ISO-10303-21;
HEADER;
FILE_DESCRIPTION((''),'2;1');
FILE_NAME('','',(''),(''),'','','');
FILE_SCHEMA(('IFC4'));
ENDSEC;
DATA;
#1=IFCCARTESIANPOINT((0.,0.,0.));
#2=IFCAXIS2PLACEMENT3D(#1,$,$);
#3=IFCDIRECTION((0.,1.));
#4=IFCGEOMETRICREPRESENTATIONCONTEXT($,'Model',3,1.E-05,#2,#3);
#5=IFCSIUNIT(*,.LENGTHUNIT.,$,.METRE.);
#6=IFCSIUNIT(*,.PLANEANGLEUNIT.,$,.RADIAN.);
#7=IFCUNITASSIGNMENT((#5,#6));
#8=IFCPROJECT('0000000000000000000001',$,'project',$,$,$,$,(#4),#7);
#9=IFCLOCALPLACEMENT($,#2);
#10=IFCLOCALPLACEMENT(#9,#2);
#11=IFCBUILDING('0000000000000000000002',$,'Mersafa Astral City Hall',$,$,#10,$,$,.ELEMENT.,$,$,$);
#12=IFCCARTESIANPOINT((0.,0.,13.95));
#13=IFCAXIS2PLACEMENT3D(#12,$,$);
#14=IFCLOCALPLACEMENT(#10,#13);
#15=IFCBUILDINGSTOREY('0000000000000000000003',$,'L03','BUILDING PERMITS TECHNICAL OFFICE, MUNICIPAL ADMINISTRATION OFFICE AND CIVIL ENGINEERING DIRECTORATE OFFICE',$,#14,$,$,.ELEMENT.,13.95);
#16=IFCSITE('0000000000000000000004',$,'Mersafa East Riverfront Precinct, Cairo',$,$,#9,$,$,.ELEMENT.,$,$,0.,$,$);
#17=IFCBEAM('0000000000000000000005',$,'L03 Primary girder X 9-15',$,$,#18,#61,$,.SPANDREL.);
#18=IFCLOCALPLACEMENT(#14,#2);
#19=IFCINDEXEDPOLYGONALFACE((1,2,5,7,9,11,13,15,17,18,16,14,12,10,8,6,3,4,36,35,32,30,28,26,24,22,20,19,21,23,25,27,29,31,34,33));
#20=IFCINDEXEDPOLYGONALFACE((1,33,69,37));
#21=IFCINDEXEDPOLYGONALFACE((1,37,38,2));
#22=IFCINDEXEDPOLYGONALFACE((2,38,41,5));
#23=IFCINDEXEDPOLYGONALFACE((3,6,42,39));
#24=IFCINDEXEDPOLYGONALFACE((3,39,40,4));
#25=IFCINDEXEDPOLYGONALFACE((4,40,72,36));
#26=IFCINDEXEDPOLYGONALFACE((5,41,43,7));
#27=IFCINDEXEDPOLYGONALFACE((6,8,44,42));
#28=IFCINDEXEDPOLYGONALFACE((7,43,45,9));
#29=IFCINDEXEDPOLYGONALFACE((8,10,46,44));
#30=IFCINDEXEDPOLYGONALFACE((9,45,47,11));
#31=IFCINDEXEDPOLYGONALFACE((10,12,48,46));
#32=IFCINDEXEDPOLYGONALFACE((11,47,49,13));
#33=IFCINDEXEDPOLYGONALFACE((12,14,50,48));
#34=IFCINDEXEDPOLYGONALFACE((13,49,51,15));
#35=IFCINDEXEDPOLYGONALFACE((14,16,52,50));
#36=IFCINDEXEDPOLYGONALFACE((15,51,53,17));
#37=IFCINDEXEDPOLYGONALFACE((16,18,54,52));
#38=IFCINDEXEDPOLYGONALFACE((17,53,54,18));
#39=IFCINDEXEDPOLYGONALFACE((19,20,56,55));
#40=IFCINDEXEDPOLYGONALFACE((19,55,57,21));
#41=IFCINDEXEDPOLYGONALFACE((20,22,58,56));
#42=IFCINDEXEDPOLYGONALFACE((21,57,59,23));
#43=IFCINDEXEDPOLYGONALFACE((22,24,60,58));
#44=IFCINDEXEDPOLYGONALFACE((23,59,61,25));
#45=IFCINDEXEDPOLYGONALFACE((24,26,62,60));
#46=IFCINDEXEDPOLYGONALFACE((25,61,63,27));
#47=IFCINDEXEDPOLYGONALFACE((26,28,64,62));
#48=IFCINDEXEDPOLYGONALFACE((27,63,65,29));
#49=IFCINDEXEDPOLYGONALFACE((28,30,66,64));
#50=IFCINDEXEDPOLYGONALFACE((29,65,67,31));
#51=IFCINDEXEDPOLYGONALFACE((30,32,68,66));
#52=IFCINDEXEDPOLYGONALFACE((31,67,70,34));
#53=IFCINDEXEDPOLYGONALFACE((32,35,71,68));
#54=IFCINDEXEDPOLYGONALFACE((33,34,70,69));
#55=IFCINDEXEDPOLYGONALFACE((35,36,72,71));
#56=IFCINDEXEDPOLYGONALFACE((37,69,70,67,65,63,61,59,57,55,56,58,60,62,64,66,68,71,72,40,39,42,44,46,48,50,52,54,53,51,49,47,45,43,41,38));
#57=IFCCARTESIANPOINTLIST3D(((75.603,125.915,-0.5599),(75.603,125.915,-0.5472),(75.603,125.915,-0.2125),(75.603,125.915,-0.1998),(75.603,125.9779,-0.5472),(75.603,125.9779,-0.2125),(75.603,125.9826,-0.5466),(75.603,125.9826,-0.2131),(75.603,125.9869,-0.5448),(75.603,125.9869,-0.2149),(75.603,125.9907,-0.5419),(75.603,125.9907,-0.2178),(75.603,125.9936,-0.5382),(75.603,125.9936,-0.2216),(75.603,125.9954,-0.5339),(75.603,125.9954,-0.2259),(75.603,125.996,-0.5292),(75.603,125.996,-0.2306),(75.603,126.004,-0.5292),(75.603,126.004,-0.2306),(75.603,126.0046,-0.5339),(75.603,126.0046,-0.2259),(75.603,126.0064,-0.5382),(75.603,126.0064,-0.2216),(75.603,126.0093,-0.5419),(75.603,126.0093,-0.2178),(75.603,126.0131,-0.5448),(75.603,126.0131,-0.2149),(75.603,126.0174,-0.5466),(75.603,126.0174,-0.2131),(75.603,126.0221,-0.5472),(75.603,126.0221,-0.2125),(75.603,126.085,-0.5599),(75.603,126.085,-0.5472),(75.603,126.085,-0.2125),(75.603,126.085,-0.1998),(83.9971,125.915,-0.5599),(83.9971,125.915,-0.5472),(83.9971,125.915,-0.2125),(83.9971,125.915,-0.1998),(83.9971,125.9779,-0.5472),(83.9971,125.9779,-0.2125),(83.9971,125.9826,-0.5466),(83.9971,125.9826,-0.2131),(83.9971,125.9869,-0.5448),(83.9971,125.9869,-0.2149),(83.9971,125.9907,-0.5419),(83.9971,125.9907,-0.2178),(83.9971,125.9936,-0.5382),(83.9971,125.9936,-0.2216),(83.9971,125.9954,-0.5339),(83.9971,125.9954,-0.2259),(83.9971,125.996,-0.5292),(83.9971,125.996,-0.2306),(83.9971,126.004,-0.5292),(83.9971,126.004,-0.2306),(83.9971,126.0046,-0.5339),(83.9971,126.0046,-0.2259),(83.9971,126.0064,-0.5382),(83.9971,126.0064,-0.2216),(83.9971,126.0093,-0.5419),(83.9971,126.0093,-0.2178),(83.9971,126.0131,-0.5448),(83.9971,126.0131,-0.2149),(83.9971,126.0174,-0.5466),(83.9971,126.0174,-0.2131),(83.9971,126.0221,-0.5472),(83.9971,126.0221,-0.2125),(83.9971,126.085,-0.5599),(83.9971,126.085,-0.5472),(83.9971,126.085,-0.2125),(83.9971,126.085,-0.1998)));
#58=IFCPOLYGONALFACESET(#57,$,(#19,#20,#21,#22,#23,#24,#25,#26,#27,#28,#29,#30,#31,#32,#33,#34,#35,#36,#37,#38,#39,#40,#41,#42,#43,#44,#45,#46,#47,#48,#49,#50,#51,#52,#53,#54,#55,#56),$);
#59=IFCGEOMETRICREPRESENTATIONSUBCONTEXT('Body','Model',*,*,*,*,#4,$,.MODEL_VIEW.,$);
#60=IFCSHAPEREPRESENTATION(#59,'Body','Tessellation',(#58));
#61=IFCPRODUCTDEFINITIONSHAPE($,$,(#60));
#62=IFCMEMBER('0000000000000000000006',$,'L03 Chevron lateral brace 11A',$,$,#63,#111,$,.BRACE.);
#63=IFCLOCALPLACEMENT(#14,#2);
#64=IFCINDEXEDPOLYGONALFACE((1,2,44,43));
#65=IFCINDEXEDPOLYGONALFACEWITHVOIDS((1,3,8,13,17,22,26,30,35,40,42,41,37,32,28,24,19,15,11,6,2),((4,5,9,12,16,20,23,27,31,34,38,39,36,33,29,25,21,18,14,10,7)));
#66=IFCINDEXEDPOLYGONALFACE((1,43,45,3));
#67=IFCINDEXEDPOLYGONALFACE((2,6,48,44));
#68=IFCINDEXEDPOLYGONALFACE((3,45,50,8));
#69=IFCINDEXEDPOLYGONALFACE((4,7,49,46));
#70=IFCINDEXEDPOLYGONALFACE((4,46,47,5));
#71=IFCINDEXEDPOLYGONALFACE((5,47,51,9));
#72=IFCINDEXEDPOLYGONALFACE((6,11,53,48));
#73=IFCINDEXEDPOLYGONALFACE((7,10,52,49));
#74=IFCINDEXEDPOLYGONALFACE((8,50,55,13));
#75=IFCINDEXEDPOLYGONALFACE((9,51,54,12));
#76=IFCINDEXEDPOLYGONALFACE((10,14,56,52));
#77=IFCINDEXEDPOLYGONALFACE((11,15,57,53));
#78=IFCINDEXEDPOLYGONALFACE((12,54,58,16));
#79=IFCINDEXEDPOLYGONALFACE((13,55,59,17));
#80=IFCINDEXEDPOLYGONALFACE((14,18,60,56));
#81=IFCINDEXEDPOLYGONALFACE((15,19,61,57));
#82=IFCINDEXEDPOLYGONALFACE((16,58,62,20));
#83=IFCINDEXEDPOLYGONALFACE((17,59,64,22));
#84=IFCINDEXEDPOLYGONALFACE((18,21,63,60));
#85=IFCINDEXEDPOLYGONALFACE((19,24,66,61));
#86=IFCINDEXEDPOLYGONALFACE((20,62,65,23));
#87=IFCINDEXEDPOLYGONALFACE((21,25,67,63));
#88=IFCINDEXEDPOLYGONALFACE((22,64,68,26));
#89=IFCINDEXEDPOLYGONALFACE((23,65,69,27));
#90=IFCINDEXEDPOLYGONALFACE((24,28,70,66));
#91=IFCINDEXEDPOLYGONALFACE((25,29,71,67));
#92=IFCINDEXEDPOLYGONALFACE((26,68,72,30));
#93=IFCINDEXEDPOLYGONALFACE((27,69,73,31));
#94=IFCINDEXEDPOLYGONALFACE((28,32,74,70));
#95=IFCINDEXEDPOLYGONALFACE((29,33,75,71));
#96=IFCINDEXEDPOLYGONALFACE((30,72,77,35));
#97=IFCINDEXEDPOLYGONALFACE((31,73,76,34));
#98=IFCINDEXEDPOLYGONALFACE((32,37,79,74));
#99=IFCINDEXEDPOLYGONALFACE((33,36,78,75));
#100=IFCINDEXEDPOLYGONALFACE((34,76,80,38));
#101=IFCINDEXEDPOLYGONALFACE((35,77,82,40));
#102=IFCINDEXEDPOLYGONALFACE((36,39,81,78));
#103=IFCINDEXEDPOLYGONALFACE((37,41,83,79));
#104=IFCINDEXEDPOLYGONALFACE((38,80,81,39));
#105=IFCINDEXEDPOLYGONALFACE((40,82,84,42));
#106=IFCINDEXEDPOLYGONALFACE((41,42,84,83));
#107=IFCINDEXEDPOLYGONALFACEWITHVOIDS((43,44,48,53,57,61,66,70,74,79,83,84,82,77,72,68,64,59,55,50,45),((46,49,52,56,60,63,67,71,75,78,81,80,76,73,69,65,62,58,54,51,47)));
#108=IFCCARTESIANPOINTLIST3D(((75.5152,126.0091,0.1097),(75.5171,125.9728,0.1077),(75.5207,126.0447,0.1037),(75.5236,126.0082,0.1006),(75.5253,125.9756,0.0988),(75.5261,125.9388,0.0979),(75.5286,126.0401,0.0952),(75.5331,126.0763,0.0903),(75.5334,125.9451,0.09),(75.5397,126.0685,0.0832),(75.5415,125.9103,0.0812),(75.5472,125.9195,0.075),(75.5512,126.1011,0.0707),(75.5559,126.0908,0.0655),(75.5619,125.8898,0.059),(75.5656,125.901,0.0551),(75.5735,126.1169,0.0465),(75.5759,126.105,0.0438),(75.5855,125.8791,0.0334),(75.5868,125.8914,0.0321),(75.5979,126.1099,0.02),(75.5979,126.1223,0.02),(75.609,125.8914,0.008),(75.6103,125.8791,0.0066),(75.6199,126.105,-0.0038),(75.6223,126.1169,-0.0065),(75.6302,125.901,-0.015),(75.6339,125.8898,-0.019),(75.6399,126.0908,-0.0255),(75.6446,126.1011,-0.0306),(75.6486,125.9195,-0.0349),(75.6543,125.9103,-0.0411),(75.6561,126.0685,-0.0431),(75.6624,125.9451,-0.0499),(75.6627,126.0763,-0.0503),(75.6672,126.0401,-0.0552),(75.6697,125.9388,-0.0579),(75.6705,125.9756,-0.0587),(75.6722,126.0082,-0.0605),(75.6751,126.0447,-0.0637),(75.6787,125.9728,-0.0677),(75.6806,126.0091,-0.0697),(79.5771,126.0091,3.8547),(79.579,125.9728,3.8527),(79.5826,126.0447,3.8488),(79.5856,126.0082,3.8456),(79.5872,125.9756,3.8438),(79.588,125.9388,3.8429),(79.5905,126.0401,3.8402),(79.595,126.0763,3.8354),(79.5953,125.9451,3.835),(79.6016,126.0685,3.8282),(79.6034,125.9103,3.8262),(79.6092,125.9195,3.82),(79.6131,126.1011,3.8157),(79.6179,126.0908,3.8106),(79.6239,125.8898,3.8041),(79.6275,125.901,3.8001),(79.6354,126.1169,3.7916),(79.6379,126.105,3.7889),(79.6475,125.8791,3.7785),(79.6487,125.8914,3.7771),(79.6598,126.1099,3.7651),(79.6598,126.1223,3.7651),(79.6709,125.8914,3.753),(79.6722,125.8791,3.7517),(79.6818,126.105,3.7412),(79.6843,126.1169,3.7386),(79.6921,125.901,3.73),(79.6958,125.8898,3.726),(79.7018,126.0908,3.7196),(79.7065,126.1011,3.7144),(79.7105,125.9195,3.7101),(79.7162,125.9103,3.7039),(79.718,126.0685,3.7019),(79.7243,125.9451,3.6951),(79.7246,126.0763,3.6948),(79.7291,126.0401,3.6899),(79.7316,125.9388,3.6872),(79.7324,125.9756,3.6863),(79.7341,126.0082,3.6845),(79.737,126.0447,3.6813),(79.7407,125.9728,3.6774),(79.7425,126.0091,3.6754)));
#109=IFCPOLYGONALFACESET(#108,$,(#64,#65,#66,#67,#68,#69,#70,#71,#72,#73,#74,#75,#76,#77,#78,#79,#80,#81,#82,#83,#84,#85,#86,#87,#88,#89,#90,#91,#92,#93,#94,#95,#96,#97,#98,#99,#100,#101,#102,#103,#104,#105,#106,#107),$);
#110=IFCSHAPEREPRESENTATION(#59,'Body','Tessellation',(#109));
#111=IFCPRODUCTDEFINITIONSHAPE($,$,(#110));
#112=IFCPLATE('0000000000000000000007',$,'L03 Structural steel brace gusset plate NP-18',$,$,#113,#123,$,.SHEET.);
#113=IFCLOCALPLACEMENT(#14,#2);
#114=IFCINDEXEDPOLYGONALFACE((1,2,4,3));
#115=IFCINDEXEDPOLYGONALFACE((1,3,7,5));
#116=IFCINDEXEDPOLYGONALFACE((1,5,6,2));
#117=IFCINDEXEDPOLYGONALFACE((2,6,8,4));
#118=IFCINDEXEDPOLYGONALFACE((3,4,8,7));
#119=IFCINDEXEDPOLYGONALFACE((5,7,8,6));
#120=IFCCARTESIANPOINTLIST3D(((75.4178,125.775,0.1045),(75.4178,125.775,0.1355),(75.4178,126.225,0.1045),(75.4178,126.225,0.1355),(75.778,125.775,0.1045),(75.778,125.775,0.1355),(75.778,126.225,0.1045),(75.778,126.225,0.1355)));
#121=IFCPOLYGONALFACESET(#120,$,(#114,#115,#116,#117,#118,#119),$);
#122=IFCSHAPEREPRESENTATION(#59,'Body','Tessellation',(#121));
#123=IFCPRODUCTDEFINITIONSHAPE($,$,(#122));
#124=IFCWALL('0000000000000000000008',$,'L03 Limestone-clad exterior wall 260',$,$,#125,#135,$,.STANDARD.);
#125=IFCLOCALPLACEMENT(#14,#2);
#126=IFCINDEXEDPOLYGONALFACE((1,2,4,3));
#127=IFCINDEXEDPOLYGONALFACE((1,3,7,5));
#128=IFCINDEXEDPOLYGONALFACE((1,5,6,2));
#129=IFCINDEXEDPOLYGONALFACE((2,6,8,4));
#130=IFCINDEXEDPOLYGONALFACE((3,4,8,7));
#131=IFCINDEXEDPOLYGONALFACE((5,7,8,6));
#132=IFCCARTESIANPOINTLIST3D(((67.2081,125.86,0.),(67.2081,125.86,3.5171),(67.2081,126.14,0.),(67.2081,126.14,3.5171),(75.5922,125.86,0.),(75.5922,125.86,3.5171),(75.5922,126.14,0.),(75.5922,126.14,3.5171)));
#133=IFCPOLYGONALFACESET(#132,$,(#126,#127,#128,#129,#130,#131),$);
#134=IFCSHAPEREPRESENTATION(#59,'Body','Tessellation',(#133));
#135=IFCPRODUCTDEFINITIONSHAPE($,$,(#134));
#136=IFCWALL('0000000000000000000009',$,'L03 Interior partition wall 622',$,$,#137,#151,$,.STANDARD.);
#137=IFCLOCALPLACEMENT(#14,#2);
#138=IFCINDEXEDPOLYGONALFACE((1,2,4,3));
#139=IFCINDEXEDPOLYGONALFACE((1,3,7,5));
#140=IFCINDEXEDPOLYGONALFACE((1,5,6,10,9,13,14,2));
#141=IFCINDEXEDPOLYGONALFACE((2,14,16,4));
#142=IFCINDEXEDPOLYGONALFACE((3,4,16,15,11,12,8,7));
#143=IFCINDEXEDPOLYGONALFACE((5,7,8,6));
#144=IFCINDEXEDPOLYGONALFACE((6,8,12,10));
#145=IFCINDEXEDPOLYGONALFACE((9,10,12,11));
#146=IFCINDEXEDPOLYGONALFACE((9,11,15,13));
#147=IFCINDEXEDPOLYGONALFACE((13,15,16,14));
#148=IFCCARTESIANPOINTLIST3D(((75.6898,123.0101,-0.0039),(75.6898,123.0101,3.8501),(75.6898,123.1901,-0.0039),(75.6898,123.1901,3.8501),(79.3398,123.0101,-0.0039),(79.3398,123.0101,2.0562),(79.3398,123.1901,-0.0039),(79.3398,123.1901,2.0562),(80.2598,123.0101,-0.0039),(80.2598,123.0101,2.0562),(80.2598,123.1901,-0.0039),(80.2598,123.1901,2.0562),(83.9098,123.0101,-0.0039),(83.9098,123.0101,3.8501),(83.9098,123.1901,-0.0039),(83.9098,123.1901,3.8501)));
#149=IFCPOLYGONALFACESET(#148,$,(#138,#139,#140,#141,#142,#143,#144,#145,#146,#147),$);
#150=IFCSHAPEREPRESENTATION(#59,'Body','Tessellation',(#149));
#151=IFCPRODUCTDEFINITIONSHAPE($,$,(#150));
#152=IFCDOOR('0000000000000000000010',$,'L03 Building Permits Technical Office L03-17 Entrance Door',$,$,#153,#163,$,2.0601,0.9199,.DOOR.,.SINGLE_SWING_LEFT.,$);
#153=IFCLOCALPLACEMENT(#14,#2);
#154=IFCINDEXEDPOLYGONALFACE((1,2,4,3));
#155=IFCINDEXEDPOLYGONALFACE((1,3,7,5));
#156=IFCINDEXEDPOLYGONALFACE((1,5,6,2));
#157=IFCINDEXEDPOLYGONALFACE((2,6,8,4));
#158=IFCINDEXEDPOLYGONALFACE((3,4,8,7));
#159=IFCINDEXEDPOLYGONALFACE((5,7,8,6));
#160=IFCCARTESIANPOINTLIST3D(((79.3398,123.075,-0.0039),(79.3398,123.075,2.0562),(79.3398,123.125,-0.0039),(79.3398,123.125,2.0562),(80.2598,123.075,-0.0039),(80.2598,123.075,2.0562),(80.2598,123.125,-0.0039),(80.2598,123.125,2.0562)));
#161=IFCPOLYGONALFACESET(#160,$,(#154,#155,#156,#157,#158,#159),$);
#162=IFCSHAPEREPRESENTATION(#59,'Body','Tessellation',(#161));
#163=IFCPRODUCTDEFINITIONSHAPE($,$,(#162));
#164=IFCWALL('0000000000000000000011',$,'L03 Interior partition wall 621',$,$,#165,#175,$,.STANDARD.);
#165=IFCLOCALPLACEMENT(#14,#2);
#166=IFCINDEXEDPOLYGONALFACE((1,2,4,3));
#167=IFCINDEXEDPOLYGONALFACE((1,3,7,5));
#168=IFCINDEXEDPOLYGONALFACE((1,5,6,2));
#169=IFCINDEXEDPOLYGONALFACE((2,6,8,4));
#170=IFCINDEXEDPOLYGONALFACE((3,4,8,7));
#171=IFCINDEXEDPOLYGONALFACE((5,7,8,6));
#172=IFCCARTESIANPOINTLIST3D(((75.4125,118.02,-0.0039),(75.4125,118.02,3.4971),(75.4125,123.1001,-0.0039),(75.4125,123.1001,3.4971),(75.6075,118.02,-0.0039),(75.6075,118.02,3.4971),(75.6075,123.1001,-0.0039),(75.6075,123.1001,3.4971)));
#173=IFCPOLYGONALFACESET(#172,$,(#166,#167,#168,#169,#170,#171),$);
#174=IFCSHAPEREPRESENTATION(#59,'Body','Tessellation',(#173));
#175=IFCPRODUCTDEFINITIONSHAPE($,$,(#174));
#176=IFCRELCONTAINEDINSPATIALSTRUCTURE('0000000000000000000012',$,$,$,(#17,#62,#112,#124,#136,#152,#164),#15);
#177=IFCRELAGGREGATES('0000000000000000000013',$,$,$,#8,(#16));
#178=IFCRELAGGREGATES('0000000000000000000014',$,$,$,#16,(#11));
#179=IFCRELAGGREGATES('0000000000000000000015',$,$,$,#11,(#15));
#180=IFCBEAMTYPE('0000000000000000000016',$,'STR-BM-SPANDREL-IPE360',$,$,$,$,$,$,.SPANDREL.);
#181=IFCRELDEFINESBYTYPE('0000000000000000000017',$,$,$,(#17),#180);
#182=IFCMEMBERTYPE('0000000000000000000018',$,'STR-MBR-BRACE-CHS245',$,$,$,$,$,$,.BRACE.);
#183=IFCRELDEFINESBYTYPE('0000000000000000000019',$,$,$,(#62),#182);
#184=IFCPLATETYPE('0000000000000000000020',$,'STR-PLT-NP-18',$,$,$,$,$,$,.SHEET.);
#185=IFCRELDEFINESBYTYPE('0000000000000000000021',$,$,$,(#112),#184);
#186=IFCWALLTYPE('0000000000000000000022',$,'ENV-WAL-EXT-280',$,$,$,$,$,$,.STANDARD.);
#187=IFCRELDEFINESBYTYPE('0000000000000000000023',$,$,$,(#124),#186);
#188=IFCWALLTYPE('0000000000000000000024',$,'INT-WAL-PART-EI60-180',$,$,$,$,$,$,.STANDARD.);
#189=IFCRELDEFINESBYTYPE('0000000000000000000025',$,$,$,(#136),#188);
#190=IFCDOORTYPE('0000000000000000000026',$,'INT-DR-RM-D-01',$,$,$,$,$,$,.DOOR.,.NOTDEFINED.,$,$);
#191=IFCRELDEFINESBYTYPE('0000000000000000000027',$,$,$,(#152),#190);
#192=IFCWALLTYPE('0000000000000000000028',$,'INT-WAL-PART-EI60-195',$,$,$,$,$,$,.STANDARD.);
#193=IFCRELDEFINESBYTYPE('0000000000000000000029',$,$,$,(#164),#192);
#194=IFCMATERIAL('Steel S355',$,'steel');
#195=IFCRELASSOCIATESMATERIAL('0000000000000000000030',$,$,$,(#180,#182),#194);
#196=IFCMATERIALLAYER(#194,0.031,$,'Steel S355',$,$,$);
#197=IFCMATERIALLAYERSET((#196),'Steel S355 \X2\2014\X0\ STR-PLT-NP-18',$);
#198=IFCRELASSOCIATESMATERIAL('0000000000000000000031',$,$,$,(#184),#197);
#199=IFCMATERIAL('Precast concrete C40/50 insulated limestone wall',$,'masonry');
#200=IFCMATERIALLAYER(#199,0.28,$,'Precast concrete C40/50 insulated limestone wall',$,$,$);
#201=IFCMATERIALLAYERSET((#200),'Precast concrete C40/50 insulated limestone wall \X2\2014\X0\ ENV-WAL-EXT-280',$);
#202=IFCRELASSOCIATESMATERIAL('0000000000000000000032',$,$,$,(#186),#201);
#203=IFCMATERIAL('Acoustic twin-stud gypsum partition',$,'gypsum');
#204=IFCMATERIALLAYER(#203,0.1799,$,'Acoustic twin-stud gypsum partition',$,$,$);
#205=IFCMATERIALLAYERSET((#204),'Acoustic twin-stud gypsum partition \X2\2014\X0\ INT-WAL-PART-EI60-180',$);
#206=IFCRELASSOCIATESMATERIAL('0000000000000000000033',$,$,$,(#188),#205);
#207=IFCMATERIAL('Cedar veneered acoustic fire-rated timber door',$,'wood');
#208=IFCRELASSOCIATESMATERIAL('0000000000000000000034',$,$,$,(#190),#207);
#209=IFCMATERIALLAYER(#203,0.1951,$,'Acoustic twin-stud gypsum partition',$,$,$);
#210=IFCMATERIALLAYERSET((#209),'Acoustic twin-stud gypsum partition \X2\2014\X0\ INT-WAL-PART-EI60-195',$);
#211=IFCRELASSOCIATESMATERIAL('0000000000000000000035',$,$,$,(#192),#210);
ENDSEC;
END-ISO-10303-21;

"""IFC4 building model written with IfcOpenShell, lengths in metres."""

from ifc_helpers import new_model, si_unit, direction, frame, frame_2d, origin, origin_2d, place, context, subcontext, project, spatial, rectangle, hollow_circle, i_section, extrude, material, layer, layer_set, material_profile, profile_set, type_object, element, fill, save


model = new_model("IFC4")

# Units and contexts
model_context = context("Model", 3, precision=1e-05, world=origin(), true_north=direction((0.0, 1.0)))
body_context = subcontext(model_context, "Body", "Model", "MODEL_VIEW")
ifc_project = project(units=[si_unit("LENGTHUNIT", "METRE"), si_unit("PLANEANGLEUNIT", "RADIAN")], contexts=[model_context])

# Site, building, storey
site_placement = place(None, origin())
site = spatial("IfcSite", under=ifc_project, at=site_placement, Name="Mersafa East Riverfront Precinct, Cairo", CompositionType="ELEMENT", RefElevation=0.0)
building_placement = place(site_placement, origin())
building = spatial("IfcBuilding", under=site, at=building_placement, Name="Mersafa Astral City Hall", CompositionType="ELEMENT")
storey_placement = place(building_placement, frame((0.0, 0.0, 13.95)))
storey = spatial("IfcBuildingStorey", under=building, at=storey_placement, Name="L03", Description="BUILDING PERMITS TECHNICAL OFFICE, MUNICIPAL ADMINISTRATION OFFICE AND CIVIL ENGINEERING DIRECTORATE OFFICE", CompositionType="ELEMENT", Elevation=13.95)

# Shared definitions
ifc_material_1 = material(Name="Steel S355", Category="steel")

# Beam
ifc_material_profile_1 = material_profile(ifc_material_1, i_section(OverallWidth=0.1699, OverallDepth=0.3601, WebThickness=0.0081, FlangeThickness=0.0127, FilletRadius=0.0181, at=origin_2d()), Name="IPE 360")
ifc_profile_set_1 = profile_set([ifc_material_profile_1], Name="Steel S355")
beam_type_1 = type_object("IfcBeamType", Name="STR-BM-SPANDREL-IPE360", PredefinedType="SPANDREL", material=ifc_profile_set_1)
beam_1_placement = place(storey_placement, frame((75.603, 126.0, -0.3799), z_axis=(1.0, 0.0, 0.0), x_axis=(0.0, 1.0, 0.0)))
element("IfcBeam", 1, at=beam_1_placement, inside=storey, type_object=beam_type_1, Name="L03 Primary girder X 9-15", PredefinedType="SPANDREL", context=body_context, shape_type="SweptSolid", body=[
    extrude(i_section(OverallWidth=0.1699, OverallDepth=0.3601, WebThickness=0.0081, FlangeThickness=0.0127, FilletRadius=0.0181, at=origin_2d()), origin(), (0.0, 0.0, 1.0), 8.394),
])

# Member
ifc_material_profile_2 = material_profile(ifc_material_1, hollow_circle(Radius=0.1223, WallThickness=0.0125, at=origin_2d()), Name="CHS 244.5x12.5")
ifc_profile_set_2 = profile_set([ifc_material_profile_2], Name="Steel S355")
member_type_1 = type_object("IfcMemberType", Name="STR-MBR-BRACE-CHS245", PredefinedType="BRACE", material=ifc_profile_set_2)
member_1_placement = place(storey_placement, frame((75.5979, 126.0, 0.02), z_axis=(0.735203, 0.0, 0.677847), x_axis=(0.0, 1.0, 0.0)))
element("IfcMember", 2, at=member_1_placement, inside=storey, type_object=member_type_1, Name="L03 Chevron lateral brace 11A", PredefinedType="BRACE", context=body_context, shape_type="SweptSolid", body=[
    extrude(hollow_circle(Radius=0.1223, WallThickness=0.0125, at=origin_2d()), origin(), (0.0, 0.0, 1.0), 5.5249),
])

# Plate
ifc_layer_1 = layer(ifc_material_1, 0.031, Name="Steel S355")
ifc_layer_set_1 = layer_set([ifc_layer_1], Name="Steel S355 — STR-PLT-NP-18")
plate_type = type_object("IfcPlateType", Name="STR-PLT-NP-18", PredefinedType="SHEET", material=ifc_layer_set_1)
plate_placement = place(storey_placement, frame((75.5979, 126.0, 0.1045), z_axis=(0.0, 0.0, 1.0), x_axis=(1.0, 0.0, 0.0)))
element("IfcPlate", 3, at=plate_placement, inside=storey, type_object=plate_type, Name="L03 Structural steel brace gusset plate NP-18", PredefinedType="SHEET", context=body_context, shape_type="SweptSolid", body=[
    extrude(rectangle(XDim=0.3601, YDim=0.45, at=origin_2d()), origin(), (0.0, 0.0, 1.0), 0.031),
])

# Wall
ifc_material_2 = material(Name="Precast concrete C40/50 insulated limestone wall", Category="masonry")
ifc_layer_2 = layer(ifc_material_2, 0.28, Name="Precast concrete C40/50 insulated limestone wall")
ifc_layer_set_2 = layer_set([ifc_layer_2], Name="Precast concrete C40/50 insulated limestone wall — ENV-WAL-EXT-280")
wall_type_1 = type_object("IfcWallType", Name="ENV-WAL-EXT-280", PredefinedType="STANDARD", material=ifc_layer_set_2)
wall_1_placement = place(storey_placement, frame((75.592, 126.0, 0.0), z_axis=(0.0, 0.0, 1.0), x_axis=(-1.0, 0.0, 0.0)))
element("IfcWall", 4, at=wall_1_placement, inside=storey, type_object=wall_type_1, Name="L03 Limestone-clad exterior wall 260", PredefinedType="STANDARD", context=body_context, shape_type="SweptSolid", body=[
    extrude(rectangle(XDim=8.384, YDim=0.28, at=frame_2d((4.1919, 0.0))), origin(), (0.0, 0.0, 1.0), 3.5171),
])

# Wall, opening, door
ifc_material_3 = material(Name="Acoustic twin-stud gypsum partition", Category="gypsum")
ifc_layer_3 = layer(ifc_material_3, 0.1799, Name="Acoustic twin-stud gypsum partition")
ifc_layer_set_3 = layer_set([ifc_layer_3], Name="Acoustic twin-stud gypsum partition — INT-WAL-PART-EI60-180")
wall_type_2 = type_object("IfcWallType", Name="INT-WAL-PART-EI60-180", PredefinedType="STANDARD", material=ifc_layer_set_3)
wall_2_placement = place(storey_placement, frame((75.6899, 123.1001, -0.0039), z_axis=(0.0, 0.0, 1.0), x_axis=(1.0, 0.0, 0.0)))
wall_2 = element("IfcWall", 5, at=wall_2_placement, inside=storey, type_object=wall_type_2, Name="L03 Interior partition wall 622", PredefinedType="STANDARD", context=body_context, shape_type="SweptSolid", body=[
    extrude(rectangle(XDim=8.22, YDim=0.1799, at=frame_2d((4.1099, 0.0))), origin(), (0.0, 0.0, 1.0), 3.854),
])
opening_1_placement = place(wall_2_placement, frame((3.6499, 0.0, 0.0)))
opening_1 = element("IfcOpeningElement", 6, at=opening_1_placement, cuts=wall_2, PredefinedType="OPENING", context=body_context, shape_type="SweptSolid", body=[
    extrude(rectangle(XDim=0.9199, YDim=2.0601, at=frame_2d((0.46, 1.03))), frame((0.0, 0.0999, 0.0), z_axis=(0.0, -1.0, 0.0), x_axis=(1.0, 0.0, 0.0)), (0.0, 0.0, 1.0), 0.2),
])
ifc_material_4 = material(Name="Cedar veneered acoustic fire-rated timber door", Category="wood")
door_type_1 = type_object("IfcDoorType", Name="INT-DR-RM-D-01", OperationType="NOTDEFINED", PredefinedType="DOOR", material=ifc_material_4)
door_1_placement = place(opening_1_placement, origin())
door_1 = element("IfcDoor", 7, at=door_1_placement, inside=storey, type_object=door_type_1, Name="L03 Building Permits Technical Office L03-17 Entrance Door", OperationType="SINGLE_SWING_LEFT", OverallHeight=2.0601, OverallWidth=0.9199, PredefinedType="DOOR", context=body_context, shape_type="SweptSolid", body=[
    extrude(rectangle(XDim=0.9199, YDim=2.0601, at=frame_2d((0.46, 1.03))), frame((0.0, 0.0249, 0.0), z_axis=(0.0, -1.0, 0.0), x_axis=(1.0, 0.0, 0.0)), (0.0, 0.0, 1.0), 0.05),
])
fill(opening_1, door_1)

# Wall
ifc_layer_4 = layer(ifc_material_3, 0.1951, Name="Acoustic twin-stud gypsum partition")
ifc_layer_set_4 = layer_set([ifc_layer_4], Name="Acoustic twin-stud gypsum partition — INT-WAL-PART-EI60-195")
wall_type_3 = type_object("IfcWallType", Name="INT-WAL-PART-EI60-195", PredefinedType="STANDARD", material=ifc_layer_set_4)
wall_3_placement = place(storey_placement, frame((75.51, 123.1001, -0.0039), z_axis=(0.0, 0.0, 1.0), x_axis=(0.0, -1.0, 0.0)))
element("IfcWall", 8, at=wall_3_placement, inside=storey, type_object=wall_type_3, Name="L03 Interior partition wall 621", PredefinedType="STANDARD", context=body_context, shape_type="SweptSolid", body=[
    extrude(rectangle(XDim=5.0801, YDim=0.1951, at=frame_2d((2.54, 0.0))), origin(), (0.0, 0.0, 1.0), 3.501),
])

save(model, "model.ifc")
